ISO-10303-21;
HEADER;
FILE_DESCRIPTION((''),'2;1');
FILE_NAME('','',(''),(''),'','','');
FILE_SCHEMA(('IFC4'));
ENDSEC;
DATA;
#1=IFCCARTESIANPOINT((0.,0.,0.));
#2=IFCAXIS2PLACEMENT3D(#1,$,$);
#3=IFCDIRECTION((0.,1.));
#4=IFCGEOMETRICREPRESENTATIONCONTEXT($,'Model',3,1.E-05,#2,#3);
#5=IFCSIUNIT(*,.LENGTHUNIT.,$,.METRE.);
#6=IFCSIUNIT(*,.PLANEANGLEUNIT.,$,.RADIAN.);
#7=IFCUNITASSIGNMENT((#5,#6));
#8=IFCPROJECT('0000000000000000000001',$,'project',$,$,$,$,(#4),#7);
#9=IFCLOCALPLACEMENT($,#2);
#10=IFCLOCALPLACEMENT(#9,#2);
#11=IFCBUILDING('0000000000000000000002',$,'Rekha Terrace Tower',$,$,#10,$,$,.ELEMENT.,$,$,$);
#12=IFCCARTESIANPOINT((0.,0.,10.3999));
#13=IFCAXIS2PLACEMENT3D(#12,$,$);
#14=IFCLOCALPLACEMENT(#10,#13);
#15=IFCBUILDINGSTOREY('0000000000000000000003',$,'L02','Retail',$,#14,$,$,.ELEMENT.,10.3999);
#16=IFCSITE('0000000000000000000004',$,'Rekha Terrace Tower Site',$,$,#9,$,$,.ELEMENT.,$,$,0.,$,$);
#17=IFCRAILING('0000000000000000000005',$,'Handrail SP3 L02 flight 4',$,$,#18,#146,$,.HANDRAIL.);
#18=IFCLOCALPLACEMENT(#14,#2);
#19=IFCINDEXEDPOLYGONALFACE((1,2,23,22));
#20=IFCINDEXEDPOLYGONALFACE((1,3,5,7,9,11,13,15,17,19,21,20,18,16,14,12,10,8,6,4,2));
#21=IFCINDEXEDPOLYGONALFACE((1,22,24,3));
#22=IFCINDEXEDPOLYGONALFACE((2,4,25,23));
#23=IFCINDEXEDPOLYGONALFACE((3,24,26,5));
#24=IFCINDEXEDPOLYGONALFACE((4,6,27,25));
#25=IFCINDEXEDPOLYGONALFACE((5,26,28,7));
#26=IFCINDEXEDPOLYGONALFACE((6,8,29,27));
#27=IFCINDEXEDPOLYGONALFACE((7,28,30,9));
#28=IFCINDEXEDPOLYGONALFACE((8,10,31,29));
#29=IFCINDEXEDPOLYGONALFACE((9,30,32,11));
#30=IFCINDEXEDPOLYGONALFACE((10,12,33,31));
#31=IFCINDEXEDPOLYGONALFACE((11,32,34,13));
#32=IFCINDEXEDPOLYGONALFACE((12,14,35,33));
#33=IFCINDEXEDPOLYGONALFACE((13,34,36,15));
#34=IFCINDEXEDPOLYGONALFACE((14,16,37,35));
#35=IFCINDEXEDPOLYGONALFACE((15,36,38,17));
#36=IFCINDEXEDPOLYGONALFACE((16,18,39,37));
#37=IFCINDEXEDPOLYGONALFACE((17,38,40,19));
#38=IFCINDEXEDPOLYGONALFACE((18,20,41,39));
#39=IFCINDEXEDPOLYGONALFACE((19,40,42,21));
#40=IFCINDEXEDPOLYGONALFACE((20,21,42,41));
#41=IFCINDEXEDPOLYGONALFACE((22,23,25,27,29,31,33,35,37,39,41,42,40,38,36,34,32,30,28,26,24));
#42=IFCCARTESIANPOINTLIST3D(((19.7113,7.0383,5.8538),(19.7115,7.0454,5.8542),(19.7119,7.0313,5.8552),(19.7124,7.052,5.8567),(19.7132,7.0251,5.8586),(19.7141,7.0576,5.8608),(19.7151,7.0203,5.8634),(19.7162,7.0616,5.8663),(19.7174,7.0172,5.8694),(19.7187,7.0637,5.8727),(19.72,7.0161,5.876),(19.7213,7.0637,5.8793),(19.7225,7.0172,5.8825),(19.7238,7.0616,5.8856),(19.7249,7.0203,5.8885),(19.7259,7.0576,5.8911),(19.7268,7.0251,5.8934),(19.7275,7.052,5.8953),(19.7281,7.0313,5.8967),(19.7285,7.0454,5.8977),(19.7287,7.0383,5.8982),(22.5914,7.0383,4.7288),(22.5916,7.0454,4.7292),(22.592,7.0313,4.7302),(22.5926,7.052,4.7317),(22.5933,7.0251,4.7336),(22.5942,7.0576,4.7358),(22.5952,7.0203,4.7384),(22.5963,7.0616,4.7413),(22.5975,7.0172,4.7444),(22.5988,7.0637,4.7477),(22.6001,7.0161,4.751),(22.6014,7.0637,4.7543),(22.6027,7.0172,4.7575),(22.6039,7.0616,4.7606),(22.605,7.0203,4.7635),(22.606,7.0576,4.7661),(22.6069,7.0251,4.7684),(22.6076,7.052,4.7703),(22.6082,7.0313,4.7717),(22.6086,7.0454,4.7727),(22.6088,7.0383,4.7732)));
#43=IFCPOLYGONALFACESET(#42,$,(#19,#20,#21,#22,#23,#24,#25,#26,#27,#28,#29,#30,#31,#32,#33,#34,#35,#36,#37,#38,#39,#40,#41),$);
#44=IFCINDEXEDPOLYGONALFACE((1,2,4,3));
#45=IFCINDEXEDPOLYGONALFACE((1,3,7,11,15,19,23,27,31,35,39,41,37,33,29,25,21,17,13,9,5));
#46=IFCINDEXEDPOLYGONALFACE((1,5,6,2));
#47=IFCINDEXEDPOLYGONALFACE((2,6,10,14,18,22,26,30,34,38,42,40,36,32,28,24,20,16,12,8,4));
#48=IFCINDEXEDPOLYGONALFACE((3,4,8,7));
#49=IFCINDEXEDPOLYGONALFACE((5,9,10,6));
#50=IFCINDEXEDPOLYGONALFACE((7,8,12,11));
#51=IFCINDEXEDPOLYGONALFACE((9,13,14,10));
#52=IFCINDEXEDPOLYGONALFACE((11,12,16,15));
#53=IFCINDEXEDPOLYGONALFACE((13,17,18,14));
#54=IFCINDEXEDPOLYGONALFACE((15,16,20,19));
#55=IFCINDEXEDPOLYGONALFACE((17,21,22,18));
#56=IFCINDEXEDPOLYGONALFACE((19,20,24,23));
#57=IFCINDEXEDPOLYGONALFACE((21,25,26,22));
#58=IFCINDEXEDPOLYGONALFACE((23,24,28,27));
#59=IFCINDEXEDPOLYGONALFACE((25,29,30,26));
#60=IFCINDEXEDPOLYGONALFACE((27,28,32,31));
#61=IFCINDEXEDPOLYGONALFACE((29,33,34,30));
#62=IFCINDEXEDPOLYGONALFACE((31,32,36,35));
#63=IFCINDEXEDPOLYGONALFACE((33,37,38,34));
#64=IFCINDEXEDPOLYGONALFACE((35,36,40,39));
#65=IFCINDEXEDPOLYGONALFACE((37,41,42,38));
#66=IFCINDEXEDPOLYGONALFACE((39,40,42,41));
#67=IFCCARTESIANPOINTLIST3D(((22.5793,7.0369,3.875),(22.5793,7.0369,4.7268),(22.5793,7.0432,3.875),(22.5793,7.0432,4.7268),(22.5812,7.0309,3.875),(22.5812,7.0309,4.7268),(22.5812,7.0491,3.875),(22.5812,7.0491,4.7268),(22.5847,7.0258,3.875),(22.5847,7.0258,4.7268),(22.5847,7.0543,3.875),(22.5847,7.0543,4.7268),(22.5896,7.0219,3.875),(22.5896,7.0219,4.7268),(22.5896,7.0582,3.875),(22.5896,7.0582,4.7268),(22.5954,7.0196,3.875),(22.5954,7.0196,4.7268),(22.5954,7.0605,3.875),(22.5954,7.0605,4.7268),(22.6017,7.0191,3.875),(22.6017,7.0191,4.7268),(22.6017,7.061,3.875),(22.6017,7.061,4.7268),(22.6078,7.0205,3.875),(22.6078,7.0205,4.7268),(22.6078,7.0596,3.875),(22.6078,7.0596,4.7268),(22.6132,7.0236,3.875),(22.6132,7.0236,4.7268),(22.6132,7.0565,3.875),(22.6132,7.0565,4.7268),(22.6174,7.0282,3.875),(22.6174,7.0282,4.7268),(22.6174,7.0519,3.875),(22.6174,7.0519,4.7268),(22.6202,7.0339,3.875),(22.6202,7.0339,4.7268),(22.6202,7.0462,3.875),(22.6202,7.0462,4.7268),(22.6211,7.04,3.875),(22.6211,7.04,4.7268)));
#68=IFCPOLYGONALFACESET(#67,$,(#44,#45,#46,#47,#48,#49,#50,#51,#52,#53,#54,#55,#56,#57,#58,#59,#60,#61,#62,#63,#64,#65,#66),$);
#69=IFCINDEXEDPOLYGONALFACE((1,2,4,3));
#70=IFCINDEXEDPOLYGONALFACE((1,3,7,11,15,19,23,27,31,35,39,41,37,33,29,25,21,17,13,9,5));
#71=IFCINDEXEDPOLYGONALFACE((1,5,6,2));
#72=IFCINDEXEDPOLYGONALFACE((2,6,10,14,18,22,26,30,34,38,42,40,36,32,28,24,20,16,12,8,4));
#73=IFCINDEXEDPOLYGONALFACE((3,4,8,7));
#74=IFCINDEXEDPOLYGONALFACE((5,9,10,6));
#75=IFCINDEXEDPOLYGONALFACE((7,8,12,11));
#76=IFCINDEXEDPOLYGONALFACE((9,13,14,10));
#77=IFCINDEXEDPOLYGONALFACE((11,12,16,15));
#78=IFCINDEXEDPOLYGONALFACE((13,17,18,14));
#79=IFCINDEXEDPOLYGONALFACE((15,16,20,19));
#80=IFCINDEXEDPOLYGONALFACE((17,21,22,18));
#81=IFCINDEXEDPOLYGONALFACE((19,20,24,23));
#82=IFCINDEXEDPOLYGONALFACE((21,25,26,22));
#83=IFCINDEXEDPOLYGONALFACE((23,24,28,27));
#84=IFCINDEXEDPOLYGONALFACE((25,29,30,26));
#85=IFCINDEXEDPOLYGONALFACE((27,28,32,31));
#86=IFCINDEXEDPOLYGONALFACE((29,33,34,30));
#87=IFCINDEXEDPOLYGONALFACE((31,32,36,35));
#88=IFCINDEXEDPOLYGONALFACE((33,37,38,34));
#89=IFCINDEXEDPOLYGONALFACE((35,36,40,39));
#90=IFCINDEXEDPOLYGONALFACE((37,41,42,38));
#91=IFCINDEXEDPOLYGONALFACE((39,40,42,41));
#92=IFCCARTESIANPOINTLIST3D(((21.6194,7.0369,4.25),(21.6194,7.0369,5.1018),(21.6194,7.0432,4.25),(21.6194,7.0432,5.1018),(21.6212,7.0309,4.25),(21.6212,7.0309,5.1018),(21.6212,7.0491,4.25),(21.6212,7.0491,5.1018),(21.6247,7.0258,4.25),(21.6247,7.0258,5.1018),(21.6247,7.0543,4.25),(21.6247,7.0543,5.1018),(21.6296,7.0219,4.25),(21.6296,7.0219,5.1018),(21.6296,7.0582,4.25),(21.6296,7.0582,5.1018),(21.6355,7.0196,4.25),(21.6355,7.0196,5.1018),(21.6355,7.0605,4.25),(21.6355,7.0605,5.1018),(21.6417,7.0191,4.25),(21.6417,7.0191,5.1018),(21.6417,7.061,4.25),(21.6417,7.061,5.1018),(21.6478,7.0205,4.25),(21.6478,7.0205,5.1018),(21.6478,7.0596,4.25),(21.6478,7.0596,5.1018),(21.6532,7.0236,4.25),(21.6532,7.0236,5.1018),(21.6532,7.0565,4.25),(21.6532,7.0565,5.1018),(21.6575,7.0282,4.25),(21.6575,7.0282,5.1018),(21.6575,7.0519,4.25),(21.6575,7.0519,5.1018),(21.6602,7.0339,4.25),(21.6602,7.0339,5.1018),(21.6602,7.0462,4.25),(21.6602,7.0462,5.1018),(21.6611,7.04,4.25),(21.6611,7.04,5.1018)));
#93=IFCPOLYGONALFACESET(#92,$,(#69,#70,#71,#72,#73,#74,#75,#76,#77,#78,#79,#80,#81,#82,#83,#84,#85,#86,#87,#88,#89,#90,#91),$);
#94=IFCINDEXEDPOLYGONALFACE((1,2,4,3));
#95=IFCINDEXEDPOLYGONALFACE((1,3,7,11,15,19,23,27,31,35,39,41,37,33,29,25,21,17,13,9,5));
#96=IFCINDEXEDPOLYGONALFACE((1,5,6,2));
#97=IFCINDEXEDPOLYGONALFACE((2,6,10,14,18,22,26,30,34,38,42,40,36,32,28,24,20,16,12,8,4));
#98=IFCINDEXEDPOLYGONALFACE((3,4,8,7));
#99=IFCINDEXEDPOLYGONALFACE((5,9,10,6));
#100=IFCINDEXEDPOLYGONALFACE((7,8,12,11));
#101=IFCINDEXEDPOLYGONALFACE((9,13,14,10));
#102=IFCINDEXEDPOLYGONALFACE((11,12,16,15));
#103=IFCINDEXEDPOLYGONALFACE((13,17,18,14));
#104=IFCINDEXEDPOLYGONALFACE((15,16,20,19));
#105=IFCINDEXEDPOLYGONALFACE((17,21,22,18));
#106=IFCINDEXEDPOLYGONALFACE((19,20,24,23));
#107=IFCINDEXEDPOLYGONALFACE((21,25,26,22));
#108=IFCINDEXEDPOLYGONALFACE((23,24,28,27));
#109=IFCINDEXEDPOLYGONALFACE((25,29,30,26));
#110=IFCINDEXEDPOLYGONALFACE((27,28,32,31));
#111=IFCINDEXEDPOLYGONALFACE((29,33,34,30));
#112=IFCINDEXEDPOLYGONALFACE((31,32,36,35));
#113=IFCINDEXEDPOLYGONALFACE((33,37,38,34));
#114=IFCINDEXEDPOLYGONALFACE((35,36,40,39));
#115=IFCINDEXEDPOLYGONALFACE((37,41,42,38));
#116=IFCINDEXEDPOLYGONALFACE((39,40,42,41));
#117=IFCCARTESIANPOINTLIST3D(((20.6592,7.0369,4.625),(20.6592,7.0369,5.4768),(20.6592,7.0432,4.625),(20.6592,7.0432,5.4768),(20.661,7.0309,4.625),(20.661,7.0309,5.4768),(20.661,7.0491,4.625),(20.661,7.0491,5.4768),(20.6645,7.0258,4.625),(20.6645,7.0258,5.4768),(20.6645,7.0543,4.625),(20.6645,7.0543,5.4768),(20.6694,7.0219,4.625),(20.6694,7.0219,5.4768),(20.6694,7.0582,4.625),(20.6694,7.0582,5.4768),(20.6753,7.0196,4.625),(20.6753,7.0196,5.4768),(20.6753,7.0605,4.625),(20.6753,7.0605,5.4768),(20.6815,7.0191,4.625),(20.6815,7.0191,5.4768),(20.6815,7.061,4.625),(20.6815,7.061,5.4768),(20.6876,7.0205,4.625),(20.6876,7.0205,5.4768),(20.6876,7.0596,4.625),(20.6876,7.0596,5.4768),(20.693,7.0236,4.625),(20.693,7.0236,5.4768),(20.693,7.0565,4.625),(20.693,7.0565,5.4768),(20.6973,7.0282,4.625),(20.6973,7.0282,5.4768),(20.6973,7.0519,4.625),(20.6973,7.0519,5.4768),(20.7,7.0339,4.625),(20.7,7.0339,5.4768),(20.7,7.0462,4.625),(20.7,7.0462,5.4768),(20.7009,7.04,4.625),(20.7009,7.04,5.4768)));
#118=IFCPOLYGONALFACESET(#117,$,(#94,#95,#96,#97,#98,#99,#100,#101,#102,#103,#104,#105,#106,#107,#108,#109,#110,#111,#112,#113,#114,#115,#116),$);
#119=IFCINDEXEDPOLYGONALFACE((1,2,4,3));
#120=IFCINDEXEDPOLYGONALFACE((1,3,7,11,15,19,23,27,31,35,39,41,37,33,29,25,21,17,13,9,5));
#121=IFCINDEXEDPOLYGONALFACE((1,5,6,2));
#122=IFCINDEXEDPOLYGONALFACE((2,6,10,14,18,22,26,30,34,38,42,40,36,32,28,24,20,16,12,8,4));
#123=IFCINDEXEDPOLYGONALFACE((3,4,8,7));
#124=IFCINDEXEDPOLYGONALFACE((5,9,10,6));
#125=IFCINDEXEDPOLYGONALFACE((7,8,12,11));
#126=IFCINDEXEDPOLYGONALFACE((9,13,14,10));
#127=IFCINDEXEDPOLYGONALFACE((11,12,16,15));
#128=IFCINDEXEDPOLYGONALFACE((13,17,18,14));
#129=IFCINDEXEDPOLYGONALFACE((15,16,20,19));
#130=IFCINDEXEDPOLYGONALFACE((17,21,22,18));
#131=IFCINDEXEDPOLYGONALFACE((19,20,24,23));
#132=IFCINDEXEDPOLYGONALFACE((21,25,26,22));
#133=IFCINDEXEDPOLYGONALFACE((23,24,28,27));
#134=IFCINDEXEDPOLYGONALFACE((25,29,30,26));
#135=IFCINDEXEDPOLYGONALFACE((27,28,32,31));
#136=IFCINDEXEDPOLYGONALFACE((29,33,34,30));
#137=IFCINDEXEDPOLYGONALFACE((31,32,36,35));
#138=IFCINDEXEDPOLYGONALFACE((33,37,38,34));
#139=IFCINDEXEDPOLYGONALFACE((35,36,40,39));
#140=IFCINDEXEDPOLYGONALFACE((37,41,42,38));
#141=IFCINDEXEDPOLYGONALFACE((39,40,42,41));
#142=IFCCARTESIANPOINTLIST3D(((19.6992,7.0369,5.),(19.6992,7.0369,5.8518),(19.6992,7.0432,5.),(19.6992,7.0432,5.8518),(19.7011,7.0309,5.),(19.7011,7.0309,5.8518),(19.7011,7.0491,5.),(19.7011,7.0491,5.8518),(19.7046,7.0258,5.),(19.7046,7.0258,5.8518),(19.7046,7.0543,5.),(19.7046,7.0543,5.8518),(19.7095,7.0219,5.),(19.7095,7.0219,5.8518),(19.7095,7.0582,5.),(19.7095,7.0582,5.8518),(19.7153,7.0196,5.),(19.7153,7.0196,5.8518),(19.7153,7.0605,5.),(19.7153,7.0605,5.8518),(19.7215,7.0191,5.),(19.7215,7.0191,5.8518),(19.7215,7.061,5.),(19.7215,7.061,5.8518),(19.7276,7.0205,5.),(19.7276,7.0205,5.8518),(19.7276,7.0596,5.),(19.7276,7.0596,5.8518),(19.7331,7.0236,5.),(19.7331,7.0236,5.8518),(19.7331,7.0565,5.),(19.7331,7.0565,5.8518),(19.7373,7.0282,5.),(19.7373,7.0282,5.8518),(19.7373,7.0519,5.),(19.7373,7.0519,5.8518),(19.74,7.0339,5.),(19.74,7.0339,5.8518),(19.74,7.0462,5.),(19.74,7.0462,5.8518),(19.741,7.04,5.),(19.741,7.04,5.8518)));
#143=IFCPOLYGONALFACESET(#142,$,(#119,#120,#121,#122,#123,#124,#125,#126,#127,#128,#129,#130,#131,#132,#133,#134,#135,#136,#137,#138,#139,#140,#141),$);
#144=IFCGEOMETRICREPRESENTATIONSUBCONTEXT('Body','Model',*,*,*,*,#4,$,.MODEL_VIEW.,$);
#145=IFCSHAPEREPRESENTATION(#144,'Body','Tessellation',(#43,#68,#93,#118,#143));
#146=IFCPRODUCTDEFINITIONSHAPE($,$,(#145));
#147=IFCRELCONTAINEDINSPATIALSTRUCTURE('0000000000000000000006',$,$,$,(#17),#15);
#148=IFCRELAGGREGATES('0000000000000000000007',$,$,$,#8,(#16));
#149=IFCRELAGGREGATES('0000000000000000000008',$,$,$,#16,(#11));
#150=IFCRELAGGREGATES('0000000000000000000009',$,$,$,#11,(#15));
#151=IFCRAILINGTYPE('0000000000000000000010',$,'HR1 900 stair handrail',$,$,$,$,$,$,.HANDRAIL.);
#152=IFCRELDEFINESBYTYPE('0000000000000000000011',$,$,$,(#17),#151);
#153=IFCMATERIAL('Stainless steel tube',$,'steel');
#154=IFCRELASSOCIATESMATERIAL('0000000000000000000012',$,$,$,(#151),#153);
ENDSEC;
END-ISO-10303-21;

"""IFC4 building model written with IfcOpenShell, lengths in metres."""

from ifc_helpers import new_model, si_unit, direction, frame, origin, origin_2d, place, context, subcontext, project, spatial, circle, extrude, material, type_object, element, save


model = new_model("IFC4")

# Units and contexts
model_context = context("Model", 3, precision=1e-05, world=origin(), true_north=direction((0.0, 1.0)))
body_context = subcontext(model_context, "Body", "Model", "MODEL_VIEW")
ifc_project = project(units=[si_unit("LENGTHUNIT", "METRE"), si_unit("PLANEANGLEUNIT", "RADIAN")], contexts=[model_context])

# Site, building, storey
site_placement = place(None, origin())
site = spatial("IfcSite", under=ifc_project, at=site_placement, Name="Rekha Terrace Tower Site", CompositionType="ELEMENT", RefElevation=0.0)
building_placement = place(site_placement, origin())
building = spatial("IfcBuilding", under=site, at=building_placement, Name="Rekha Terrace Tower", CompositionType="ELEMENT")
storey_placement = place(building_placement, frame((0.0, 0.0, 10.3999)))
storey = spatial("IfcBuildingStorey", under=building, at=storey_placement, Name="L02", Description="Retail", CompositionType="ELEMENT", Elevation=10.3999)

# Railing
ifc_material_1 = material(Name="Stainless steel tube", Category="steel")
railing_type_1 = type_object("IfcRailingType", Name="HR1 900 stair handrail", PredefinedType="HANDRAIL", material=ifc_material_1)
railing_1_placement = place(storey_placement, frame((22.6001, 7.04, 3.875)))
element("IfcRailing", 1, at=railing_1_placement, inside=storey, type_object=railing_type_1, Name="Handrail SP3 L02 flight 4", PredefinedType="HANDRAIL", context=body_context, shape_type="SweptSolid", body=[
    extrude(circle(Radius=0.0239, at=origin_2d()), frame((0.0, 0.0, 0.876), z_axis=(-0.931463, 0.0, 0.363837), x_axis=(0.0, -1.0, 0.0)), (0.0, 0.0, 1.0), 3.092),
    extrude(circle(Radius=0.021, at=origin_2d()), origin(), (0.0, 0.0, 1.0), 0.8518),
    extrude(circle(Radius=0.021, at=origin_2d()), frame((-0.96, 0.0, 0.375)), (0.0, 0.0, 1.0), 0.8518),
    extrude(circle(Radius=0.021, at=origin_2d()), frame((-1.9202, 0.0, 0.75)), (0.0, 0.0, 1.0), 0.8518),
    extrude(circle(Radius=0.021, at=origin_2d()), frame((-2.8801, 0.0, 1.125)), (0.0, 0.0, 1.0), 0.8518),
])

save(model, "model.ifc")
